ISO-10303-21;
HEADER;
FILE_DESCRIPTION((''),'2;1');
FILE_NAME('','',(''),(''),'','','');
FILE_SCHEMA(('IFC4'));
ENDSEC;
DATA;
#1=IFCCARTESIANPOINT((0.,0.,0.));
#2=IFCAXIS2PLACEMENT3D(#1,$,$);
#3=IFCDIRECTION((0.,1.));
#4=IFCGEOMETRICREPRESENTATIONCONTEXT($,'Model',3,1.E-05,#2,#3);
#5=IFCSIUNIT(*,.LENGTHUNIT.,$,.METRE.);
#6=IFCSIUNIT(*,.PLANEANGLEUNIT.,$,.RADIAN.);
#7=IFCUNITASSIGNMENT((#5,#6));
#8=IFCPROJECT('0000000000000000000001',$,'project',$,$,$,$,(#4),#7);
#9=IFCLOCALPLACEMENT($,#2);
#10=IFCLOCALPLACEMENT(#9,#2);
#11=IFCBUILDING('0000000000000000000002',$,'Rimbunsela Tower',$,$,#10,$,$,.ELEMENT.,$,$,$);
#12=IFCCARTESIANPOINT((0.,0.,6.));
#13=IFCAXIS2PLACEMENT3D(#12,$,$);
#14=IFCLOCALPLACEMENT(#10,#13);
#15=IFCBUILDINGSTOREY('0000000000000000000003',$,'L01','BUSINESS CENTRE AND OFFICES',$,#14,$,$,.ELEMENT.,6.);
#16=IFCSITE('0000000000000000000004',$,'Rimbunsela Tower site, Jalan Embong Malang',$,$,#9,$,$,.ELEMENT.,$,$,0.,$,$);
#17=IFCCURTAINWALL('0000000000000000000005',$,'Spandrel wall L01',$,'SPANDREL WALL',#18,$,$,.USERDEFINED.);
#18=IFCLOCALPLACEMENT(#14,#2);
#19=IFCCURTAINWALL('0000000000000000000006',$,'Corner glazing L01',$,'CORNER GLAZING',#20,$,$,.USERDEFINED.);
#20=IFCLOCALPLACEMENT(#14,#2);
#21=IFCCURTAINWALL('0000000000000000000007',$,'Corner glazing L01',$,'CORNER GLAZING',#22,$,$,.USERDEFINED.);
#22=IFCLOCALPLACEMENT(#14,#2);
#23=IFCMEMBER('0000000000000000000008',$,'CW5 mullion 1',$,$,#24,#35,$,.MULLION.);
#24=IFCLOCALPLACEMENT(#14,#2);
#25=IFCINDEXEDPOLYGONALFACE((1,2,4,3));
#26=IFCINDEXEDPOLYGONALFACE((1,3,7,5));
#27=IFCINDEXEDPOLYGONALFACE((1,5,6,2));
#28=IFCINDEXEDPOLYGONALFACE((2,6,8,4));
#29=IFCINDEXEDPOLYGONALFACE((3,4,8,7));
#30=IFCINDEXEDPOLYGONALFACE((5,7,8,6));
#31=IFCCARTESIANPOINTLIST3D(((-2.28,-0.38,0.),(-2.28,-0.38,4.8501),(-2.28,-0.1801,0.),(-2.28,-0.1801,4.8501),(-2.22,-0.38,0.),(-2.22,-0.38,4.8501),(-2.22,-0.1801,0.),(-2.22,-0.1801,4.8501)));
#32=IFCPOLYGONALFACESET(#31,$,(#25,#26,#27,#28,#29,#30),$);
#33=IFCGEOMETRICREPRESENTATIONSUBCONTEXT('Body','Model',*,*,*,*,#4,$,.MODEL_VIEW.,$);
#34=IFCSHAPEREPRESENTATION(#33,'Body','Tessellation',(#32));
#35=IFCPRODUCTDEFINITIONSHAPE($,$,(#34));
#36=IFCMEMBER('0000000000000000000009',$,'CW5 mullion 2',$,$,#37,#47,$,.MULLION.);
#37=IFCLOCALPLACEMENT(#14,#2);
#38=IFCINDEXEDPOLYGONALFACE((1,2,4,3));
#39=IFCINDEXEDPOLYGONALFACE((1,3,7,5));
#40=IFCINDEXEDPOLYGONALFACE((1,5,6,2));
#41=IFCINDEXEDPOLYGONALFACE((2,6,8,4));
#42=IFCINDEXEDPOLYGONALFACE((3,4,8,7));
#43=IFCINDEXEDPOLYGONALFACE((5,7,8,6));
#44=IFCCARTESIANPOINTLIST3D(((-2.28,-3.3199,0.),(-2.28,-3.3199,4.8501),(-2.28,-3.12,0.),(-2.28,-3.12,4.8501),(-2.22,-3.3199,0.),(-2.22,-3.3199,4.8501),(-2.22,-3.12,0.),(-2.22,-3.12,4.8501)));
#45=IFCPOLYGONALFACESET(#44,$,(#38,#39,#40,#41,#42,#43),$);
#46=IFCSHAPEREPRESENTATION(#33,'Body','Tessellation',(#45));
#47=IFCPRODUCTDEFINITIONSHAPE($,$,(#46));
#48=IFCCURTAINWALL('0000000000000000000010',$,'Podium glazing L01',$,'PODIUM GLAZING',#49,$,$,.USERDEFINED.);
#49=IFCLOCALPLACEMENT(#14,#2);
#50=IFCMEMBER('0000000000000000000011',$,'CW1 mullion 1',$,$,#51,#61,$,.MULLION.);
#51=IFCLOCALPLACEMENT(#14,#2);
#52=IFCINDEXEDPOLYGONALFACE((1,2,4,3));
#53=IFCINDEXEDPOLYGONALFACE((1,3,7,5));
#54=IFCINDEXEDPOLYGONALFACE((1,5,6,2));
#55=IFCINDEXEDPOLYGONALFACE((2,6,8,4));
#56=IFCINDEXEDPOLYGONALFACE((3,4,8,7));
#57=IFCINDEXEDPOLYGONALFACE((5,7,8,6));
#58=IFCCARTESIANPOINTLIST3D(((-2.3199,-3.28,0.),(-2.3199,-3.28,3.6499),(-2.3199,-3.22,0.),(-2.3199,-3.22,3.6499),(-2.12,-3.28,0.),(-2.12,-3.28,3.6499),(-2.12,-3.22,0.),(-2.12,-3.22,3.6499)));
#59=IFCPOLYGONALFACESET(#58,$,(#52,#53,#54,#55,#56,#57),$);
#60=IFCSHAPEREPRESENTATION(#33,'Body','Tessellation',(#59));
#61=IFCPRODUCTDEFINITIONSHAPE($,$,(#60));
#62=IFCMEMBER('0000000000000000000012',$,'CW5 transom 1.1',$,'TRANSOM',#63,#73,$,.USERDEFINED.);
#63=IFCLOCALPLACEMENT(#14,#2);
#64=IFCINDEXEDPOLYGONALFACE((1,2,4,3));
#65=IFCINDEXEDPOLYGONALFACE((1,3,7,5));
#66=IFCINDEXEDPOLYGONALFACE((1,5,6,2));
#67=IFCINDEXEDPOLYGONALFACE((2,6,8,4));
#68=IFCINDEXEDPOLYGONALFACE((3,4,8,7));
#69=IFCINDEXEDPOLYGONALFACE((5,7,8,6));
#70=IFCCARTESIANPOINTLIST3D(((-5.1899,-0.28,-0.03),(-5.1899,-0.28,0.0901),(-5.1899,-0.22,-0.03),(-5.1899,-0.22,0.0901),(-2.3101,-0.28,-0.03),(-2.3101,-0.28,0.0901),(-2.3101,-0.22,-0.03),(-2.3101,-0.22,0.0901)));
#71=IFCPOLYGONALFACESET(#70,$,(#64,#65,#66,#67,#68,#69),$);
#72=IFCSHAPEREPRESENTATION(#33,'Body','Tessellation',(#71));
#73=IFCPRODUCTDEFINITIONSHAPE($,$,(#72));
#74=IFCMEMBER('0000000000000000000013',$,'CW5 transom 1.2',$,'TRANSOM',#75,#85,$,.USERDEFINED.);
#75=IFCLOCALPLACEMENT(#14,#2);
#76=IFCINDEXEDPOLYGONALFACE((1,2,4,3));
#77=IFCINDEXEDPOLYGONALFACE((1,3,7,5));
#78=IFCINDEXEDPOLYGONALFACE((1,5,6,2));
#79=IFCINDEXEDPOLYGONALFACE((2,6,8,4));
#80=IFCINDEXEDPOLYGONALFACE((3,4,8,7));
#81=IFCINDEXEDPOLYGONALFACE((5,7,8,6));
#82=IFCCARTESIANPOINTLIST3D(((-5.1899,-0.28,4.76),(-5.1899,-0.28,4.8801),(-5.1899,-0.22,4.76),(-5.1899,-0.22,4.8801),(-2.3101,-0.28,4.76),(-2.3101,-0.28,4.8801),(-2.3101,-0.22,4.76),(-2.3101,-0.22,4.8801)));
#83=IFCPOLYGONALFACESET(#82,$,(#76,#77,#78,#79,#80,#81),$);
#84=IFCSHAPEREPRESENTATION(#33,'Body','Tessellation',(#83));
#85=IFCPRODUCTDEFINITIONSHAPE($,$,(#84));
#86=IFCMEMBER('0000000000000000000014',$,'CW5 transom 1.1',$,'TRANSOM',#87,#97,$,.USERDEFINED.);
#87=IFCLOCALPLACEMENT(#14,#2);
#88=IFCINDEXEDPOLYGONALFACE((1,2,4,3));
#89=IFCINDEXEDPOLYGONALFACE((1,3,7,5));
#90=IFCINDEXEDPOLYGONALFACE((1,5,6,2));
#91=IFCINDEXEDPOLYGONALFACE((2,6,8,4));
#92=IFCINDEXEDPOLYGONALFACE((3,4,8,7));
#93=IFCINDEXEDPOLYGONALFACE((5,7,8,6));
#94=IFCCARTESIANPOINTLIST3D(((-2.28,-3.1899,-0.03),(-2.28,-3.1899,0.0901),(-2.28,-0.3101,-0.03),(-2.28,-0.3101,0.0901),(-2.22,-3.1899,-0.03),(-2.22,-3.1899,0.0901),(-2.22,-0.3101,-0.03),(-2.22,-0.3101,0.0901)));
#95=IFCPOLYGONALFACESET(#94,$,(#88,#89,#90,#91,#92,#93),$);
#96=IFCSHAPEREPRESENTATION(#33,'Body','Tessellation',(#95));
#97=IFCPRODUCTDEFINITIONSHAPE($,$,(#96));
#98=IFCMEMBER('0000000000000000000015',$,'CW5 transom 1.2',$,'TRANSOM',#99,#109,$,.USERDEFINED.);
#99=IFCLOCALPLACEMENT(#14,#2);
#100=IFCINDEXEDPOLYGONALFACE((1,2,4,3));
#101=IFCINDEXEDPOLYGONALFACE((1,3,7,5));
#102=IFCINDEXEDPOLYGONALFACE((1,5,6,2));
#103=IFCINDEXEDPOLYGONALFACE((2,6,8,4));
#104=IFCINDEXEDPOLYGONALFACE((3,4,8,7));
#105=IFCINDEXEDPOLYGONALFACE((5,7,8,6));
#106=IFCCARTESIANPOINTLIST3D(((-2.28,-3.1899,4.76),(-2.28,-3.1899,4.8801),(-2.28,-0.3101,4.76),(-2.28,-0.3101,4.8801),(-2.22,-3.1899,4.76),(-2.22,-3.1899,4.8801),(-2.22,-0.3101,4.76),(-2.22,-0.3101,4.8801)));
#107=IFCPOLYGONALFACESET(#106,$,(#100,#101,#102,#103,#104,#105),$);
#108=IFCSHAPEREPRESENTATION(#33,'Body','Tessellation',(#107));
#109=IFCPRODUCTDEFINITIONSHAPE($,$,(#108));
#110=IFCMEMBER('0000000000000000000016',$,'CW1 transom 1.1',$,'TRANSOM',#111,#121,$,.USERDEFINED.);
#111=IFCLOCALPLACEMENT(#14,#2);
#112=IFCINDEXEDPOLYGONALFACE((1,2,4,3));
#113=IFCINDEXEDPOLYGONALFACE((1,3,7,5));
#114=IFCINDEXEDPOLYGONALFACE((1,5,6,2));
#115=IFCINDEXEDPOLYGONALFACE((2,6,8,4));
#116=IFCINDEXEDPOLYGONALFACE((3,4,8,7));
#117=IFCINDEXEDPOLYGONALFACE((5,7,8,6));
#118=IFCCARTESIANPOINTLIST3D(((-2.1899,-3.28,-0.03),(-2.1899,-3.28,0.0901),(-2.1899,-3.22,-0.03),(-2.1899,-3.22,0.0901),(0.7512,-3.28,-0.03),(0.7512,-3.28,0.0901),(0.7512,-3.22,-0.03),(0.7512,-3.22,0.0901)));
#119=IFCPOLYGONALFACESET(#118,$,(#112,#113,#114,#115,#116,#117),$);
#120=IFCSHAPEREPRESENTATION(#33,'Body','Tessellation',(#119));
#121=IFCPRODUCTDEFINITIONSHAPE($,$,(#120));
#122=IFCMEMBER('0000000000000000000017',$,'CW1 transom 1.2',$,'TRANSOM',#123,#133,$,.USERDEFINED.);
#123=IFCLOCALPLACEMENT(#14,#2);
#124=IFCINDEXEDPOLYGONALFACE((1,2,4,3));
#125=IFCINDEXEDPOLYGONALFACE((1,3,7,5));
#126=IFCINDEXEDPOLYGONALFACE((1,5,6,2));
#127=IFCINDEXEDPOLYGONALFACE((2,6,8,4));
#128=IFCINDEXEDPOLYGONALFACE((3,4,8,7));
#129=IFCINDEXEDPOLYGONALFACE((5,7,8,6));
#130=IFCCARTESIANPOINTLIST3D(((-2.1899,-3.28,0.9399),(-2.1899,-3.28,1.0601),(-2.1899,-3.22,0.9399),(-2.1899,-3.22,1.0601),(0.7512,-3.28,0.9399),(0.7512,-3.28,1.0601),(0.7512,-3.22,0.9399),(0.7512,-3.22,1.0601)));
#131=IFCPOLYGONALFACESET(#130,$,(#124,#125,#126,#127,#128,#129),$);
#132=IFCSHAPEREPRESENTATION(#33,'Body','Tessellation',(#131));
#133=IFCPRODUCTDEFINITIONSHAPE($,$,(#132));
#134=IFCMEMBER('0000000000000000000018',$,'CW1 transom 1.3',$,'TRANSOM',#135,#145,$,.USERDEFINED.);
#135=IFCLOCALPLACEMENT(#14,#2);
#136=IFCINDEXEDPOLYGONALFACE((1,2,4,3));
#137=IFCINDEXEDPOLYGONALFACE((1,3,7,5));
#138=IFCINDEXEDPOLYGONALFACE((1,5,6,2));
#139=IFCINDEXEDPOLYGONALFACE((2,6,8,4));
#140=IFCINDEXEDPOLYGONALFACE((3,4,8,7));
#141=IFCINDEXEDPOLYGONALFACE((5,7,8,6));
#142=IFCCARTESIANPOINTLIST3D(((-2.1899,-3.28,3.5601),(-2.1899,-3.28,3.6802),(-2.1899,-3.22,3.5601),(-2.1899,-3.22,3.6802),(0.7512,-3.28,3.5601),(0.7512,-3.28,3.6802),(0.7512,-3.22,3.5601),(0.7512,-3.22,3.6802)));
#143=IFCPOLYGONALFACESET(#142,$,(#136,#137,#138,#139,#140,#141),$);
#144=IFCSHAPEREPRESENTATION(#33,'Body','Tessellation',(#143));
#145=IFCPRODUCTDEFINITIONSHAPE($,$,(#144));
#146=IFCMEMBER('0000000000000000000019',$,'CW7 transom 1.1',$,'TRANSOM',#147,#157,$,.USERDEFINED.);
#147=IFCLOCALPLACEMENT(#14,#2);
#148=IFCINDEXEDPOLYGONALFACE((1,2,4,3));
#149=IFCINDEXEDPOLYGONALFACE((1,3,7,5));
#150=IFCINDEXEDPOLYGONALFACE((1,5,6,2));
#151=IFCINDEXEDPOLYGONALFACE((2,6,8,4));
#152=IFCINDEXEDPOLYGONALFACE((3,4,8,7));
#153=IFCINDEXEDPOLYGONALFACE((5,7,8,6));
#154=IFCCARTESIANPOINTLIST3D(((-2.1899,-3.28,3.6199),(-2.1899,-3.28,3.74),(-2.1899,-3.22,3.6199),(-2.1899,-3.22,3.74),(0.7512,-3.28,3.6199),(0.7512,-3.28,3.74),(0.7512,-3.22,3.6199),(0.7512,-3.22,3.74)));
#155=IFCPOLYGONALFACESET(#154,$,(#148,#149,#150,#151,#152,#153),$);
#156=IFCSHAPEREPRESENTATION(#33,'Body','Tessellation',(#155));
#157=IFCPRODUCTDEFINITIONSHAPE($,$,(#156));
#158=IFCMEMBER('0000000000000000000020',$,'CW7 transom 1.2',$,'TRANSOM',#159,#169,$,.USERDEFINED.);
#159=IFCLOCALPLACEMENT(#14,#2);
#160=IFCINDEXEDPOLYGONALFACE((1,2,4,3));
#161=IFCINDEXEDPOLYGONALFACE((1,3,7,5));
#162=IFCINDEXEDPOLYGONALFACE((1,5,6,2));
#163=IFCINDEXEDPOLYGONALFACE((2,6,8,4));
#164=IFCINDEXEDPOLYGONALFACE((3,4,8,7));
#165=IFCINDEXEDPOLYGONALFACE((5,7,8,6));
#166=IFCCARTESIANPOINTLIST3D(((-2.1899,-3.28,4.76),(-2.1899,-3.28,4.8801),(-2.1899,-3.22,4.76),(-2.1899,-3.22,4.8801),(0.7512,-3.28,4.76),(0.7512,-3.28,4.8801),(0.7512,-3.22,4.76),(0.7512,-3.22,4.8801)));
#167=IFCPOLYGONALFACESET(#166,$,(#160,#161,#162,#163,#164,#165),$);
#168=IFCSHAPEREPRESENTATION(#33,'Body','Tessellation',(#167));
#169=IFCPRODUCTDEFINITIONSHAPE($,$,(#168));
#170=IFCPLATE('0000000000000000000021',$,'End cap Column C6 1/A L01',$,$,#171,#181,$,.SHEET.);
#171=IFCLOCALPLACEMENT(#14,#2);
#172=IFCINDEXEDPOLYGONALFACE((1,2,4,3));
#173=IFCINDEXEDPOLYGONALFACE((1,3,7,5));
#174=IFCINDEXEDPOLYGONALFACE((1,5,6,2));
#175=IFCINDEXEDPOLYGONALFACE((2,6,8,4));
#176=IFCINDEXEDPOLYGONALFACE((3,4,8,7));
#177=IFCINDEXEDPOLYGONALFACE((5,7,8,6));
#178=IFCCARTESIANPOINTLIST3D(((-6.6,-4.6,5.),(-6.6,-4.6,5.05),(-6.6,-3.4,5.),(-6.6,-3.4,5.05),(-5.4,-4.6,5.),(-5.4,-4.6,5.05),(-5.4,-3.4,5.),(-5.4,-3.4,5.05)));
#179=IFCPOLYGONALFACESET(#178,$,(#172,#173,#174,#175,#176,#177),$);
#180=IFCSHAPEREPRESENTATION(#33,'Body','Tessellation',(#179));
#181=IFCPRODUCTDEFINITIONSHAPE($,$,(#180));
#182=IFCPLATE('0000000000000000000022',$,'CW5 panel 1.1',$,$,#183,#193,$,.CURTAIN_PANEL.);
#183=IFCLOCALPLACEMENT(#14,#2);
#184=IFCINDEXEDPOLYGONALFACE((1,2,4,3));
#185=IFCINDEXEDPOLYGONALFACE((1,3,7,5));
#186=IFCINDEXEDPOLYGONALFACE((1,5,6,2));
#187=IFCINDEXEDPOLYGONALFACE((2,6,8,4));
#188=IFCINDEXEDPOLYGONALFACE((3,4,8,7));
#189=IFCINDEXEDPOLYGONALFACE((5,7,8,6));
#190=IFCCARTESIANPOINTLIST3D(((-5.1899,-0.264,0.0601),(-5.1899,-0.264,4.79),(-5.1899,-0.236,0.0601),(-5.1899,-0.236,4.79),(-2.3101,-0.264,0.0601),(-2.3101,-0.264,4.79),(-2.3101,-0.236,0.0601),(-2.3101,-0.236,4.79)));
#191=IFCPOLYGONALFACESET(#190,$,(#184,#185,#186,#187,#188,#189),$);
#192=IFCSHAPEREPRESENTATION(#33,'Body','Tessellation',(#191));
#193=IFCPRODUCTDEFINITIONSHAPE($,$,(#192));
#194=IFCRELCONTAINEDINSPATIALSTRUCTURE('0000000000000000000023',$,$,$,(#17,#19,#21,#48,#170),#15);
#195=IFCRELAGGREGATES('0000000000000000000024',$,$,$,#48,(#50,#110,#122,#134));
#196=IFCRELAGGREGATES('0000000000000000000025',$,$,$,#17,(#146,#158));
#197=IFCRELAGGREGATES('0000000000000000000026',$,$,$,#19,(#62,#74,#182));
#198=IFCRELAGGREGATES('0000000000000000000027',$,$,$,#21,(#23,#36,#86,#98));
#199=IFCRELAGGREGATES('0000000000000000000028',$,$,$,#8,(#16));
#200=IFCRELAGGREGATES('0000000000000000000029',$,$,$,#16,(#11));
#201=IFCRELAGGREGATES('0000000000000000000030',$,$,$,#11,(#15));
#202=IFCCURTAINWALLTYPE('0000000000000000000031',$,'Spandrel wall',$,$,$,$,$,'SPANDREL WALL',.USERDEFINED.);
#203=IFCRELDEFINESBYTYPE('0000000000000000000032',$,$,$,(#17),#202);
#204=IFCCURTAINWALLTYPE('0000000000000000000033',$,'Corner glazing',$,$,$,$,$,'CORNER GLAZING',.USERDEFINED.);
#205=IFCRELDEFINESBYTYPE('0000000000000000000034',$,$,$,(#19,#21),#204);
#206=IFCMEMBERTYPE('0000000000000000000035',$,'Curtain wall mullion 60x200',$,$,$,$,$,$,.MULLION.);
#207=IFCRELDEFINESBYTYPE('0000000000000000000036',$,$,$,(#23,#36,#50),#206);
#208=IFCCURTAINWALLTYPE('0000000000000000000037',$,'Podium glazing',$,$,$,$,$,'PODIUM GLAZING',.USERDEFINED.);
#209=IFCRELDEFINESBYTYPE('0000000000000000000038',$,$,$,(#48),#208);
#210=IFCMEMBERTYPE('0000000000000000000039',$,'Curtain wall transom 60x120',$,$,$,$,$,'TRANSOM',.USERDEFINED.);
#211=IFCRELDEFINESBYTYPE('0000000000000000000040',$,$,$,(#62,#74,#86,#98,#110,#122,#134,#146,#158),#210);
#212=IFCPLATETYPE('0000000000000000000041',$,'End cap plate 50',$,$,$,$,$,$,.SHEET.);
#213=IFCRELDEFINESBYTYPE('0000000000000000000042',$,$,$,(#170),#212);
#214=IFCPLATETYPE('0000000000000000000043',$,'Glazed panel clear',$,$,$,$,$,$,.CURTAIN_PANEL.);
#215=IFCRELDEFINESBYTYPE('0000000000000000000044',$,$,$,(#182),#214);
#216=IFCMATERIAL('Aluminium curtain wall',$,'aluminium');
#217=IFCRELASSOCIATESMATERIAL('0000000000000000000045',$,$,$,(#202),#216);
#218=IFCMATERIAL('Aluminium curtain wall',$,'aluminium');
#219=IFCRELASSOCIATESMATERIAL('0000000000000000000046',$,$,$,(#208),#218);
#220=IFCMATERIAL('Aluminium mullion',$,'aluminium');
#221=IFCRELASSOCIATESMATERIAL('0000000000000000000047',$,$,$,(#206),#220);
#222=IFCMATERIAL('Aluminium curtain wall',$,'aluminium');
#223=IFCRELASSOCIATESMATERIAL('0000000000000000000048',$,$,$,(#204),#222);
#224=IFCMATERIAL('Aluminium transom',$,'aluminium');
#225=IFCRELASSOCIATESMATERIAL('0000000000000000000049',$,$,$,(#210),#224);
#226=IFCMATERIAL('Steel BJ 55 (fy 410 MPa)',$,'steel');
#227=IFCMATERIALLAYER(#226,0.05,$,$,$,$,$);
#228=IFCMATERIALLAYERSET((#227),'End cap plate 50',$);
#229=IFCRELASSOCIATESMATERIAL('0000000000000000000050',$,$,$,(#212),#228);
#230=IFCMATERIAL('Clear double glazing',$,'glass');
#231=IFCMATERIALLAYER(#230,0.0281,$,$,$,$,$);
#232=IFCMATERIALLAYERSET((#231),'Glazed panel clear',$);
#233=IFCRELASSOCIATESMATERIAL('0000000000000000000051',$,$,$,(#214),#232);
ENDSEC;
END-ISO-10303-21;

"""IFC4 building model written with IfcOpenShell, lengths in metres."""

from ifc_helpers import new_model, si_unit, direction, frame, origin, origin_2d, place, context, subcontext, project, spatial, rectangle, extrude, material, layer, layer_set, material_profile, profile_set, type_object, element, aggregate, save


model = new_model("IFC4")

# Units and contexts
model_context = context("Model", 3, precision=1e-05, world=origin(), true_north=direction((0.0, 1.0)))
body_context = subcontext(model_context, "Body", "Model", "MODEL_VIEW")
ifc_project = project(units=[si_unit("LENGTHUNIT", "METRE"), si_unit("PLANEANGLEUNIT", "RADIAN")], contexts=[model_context])

# Site, building, storey
site_placement = place(None, origin())
site = spatial("IfcSite", under=ifc_project, at=site_placement, Name="Rimbunsela Tower site, Jalan Embong Malang", CompositionType="ELEMENT", RefElevation=0.0)
building_placement = place(site_placement, origin())
building = spatial("IfcBuilding", under=site, at=building_placement, Name="Rimbunsela Tower", CompositionType="ELEMENT")
storey_placement = place(building_placement, frame((0.0, 0.0, 6.0)))
storey = spatial("IfcBuildingStorey", under=building, at=storey_placement, Name="L01", Description="BUSINESS CENTRE AND OFFICES", CompositionType="ELEMENT", Elevation=6.0)

# Curtain wall
ifc_material_1 = material(Name="Aluminium curtain wall", Category="aluminium")
curtain_wall_type_1 = type_object("IfcCurtainWallType", Name="Spandrel wall", ElementType="SPANDREL WALL", PredefinedType="USERDEFINED", material=ifc_material_1)
curtain_wall_1_placement = place(storey_placement, origin())
curtain_wall_1 = element("IfcCurtainWall", 1, at=curtain_wall_1_placement, inside=storey, type_object=curtain_wall_type_1, Name="Spandrel wall L01", ObjectType="SPANDREL WALL", PredefinedType="USERDEFINED")
ifc_material_2 = material(Name="Aluminium curtain wall", Category="aluminium")
curtain_wall_type_2 = type_object("IfcCurtainWallType", Name="Podium glazing", ElementType="PODIUM GLAZING", PredefinedType="USERDEFINED", material=ifc_material_2)
ifc_material_3 = material(Name="Aluminium mullion", Category="aluminium")
ifc_material_profile_1 = material_profile(ifc_material_3, rectangle(XDim=0.0601, YDim=0.2, at=origin_2d()), Name="Mullion 60x200")
ifc_profile_set_1 = profile_set([ifc_material_profile_1], Name="Aluminium mullion")
member_type_1 = type_object("IfcMemberType", Name="Curtain wall mullion 60x200", PredefinedType="MULLION", material=ifc_profile_set_1)

# Curtain walls, members
ifc_material_4 = material(Name="Aluminium curtain wall", Category="aluminium")
curtain_wall_type_3 = type_object("IfcCurtainWallType", Name="Corner glazing", ElementType="CORNER GLAZING", PredefinedType="USERDEFINED", material=ifc_material_4)
curtain_wall_2_placement = place(storey_placement, origin())
curtain_wall_2 = element("IfcCurtainWall", 2, at=curtain_wall_2_placement, inside=storey, type_object=curtain_wall_type_3, Name="Corner glazing L01", ObjectType="CORNER GLAZING", PredefinedType="USERDEFINED")
curtain_wall_3_placement = place(storey_placement, origin())
curtain_wall_3 = element("IfcCurtainWall", 3, at=curtain_wall_3_placement, inside=storey, type_object=curtain_wall_type_3, Name="Corner glazing L01", ObjectType="CORNER GLAZING", PredefinedType="USERDEFINED")
member_1_placement = place(storey_placement, frame((-2.25, -0.28, 0.0), z_axis=(0.0, 0.0, 1.0), x_axis=(1.0, 0.0, 0.0)))
member_1 = element("IfcMember", 4, at=member_1_placement, type_object=member_type_1, Name="CW5 mullion 1", PredefinedType="MULLION", context=body_context, shape_type="SweptSolid", body=[
    extrude(rectangle(XDim=0.0601, YDim=0.2, at=origin_2d()), origin(), (0.0, 0.0, 1.0), 4.8501),
])
member_2_placement = place(storey_placement, frame((-2.25, -3.22, 0.0), z_axis=(0.0, 0.0, 1.0), x_axis=(1.0, 0.0, 0.0)))
member_2 = element("IfcMember", 5, at=member_2_placement, type_object=member_type_1, Name="CW5 mullion 2", PredefinedType="MULLION", context=body_context, shape_type="SweptSolid", body=[
    extrude(rectangle(XDim=0.0601, YDim=0.2, at=origin_2d()), origin(), (0.0, 0.0, 1.0), 4.8501),
])

# Curtain wall, member
curtain_wall_4_placement = place(storey_placement, origin())
curtain_wall_4 = element("IfcCurtainWall", 6, at=curtain_wall_4_placement, inside=storey, type_object=curtain_wall_type_2, Name="Podium glazing L01", ObjectType="PODIUM GLAZING", PredefinedType="USERDEFINED")
member_3_placement = place(storey_placement, frame((-2.22, -3.25, 0.0), z_axis=(0.0, 0.0, 1.0), x_axis=(0.0, 1.0, 0.0)))
member_3 = element("IfcMember", 7, at=member_3_placement, type_object=member_type_1, Name="CW1 mullion 1", PredefinedType="MULLION", context=body_context, shape_type="SweptSolid", body=[
    extrude(rectangle(XDim=0.0601, YDim=0.2, at=origin_2d()), origin(), (0.0, 0.0, 1.0), 3.6499),
])

# Members
ifc_material_5 = material(Name="Aluminium transom", Category="aluminium")
ifc_material_profile_2 = material_profile(ifc_material_5, rectangle(XDim=0.0601, YDim=0.1201, at=origin_2d()), Name="Transom 60x120")
ifc_profile_set_2 = profile_set([ifc_material_profile_2], Name="Aluminium transom")
member_type_2 = type_object("IfcMemberType", Name="Curtain wall transom 60x120", ElementType="TRANSOM", PredefinedType="USERDEFINED", material=ifc_profile_set_2)
member_4_placement = place(storey_placement, frame((-5.1899, -0.25, 0.03), z_axis=(1.0, 0.0, 0.0), x_axis=(0.0, 1.0, 0.0)))
member_4 = element("IfcMember", 8, at=member_4_placement, type_object=member_type_2, Name="CW5 transom 1.1", ObjectType="TRANSOM", PredefinedType="USERDEFINED", context=body_context, shape_type="SweptSolid", body=[
    extrude(rectangle(XDim=0.0601, YDim=0.1201, at=origin_2d()), origin(), (0.0, 0.0, 1.0), 2.8799),
])
member_5_placement = place(storey_placement, frame((-5.1899, -0.25, 4.8201), z_axis=(1.0, 0.0, 0.0), x_axis=(0.0, 1.0, 0.0)))
member_5 = element("IfcMember", 9, at=member_5_placement, type_object=member_type_2, Name="CW5 transom 1.2", ObjectType="TRANSOM", PredefinedType="USERDEFINED", context=body_context, shape_type="SweptSolid", body=[
    extrude(rectangle(XDim=0.0601, YDim=0.1201, at=origin_2d()), origin(), (0.0, 0.0, 1.0), 2.8799),
])
member_6_placement = place(storey_placement, frame((-2.25, -0.3101, 0.03), z_axis=(0.0, -1.0, 0.0), x_axis=(1.0, 0.0, 0.0)))
member_6 = element("IfcMember", 10, at=member_6_placement, type_object=member_type_2, Name="CW5 transom 1.1", ObjectType="TRANSOM", PredefinedType="USERDEFINED", context=body_context, shape_type="SweptSolid", body=[
    extrude(rectangle(XDim=0.0601, YDim=0.1201, at=origin_2d()), origin(), (0.0, 0.0, 1.0), 2.8799),
])
member_7_placement = place(storey_placement, frame((-2.25, -0.3101, 4.8201), z_axis=(0.0, -1.0, 0.0), x_axis=(1.0, 0.0, 0.0)))
member_7 = element("IfcMember", 11, at=member_7_placement, type_object=member_type_2, Name="CW5 transom 1.2", ObjectType="TRANSOM", PredefinedType="USERDEFINED", context=body_context, shape_type="SweptSolid", body=[
    extrude(rectangle(XDim=0.0601, YDim=0.1201, at=origin_2d()), origin(), (0.0, 0.0, 1.0), 2.8799),
])
member_8_placement = place(storey_placement, frame((-2.1899, -3.25, 0.03), z_axis=(1.0, 0.0, 0.0), x_axis=(0.0, 1.0, 0.0)))
member_8 = element("IfcMember", 12, at=member_8_placement, type_object=member_type_2, Name="CW1 transom 1.1", ObjectType="TRANSOM", PredefinedType="USERDEFINED", context=body_context, shape_type="SweptSolid", body=[
    extrude(rectangle(XDim=0.0601, YDim=0.1201, at=origin_2d()), origin(), (0.0, 0.0, 1.0), 2.9412),
])
member_9_placement = place(storey_placement, frame((-2.1899, -3.25, 1.0), z_axis=(1.0, 0.0, 0.0), x_axis=(0.0, 1.0, 0.0)))
member_9 = element("IfcMember", 13, at=member_9_placement, type_object=member_type_2, Name="CW1 transom 1.2", ObjectType="TRANSOM", PredefinedType="USERDEFINED", context=body_context, shape_type="SweptSolid", body=[
    extrude(rectangle(XDim=0.0601, YDim=0.1201, at=origin_2d()), origin(), (0.0, 0.0, 1.0), 2.9412),
])
member_10_placement = place(storey_placement, frame((-2.1899, -3.25, 3.6201), z_axis=(1.0, 0.0, 0.0), x_axis=(0.0, 1.0, 0.0)))
member_10 = element("IfcMember", 14, at=member_10_placement, type_object=member_type_2, Name="CW1 transom 1.3", ObjectType="TRANSOM", PredefinedType="USERDEFINED", context=body_context, shape_type="SweptSolid", body=[
    extrude(rectangle(XDim=0.0601, YDim=0.1201, at=origin_2d()), origin(), (0.0, 0.0, 1.0), 2.9412),
])
aggregate(curtain_wall_4, [member_3, member_8, member_9, member_10])
member_11_placement = place(storey_placement, frame((-2.1899, -3.25, 3.6799), z_axis=(1.0, 0.0, 0.0), x_axis=(0.0, 1.0, 0.0)))
member_11 = element("IfcMember", 15, at=member_11_placement, type_object=member_type_2, Name="CW7 transom 1.1", ObjectType="TRANSOM", PredefinedType="USERDEFINED", context=body_context, shape_type="SweptSolid", body=[
    extrude(rectangle(XDim=0.0601, YDim=0.1201, at=origin_2d()), origin(), (0.0, 0.0, 1.0), 2.9412),
])
member_12_placement = place(storey_placement, frame((-2.1899, -3.25, 4.8201), z_axis=(1.0, 0.0, 0.0), x_axis=(0.0, 1.0, 0.0)))
member_12 = element("IfcMember", 16, at=member_12_placement, type_object=member_type_2, Name="CW7 transom 1.2", ObjectType="TRANSOM", PredefinedType="USERDEFINED", context=body_context, shape_type="SweptSolid", body=[
    extrude(rectangle(XDim=0.0601, YDim=0.1201, at=origin_2d()), origin(), (0.0, 0.0, 1.0), 2.9412),
])
aggregate(curtain_wall_1, [member_11, member_12])

# Plates
ifc_material_6 = material(Name="Steel BJ 55 (fy 410 MPa)", Category="steel")
ifc_layer_1 = layer(ifc_material_6, 0.05)
ifc_layer_set_1 = layer_set([ifc_layer_1], Name="End cap plate 50")
plate_type_1 = type_object("IfcPlateType", Name="End cap plate 50", PredefinedType="SHEET", material=ifc_layer_set_1)
plate_1_placement = place(storey_placement, frame((-6.0, -4.0, 5.0), z_axis=(0.0, 0.0, 1.0), x_axis=(1.0, 0.0, 0.0)))
element("IfcPlate", 17, at=plate_1_placement, inside=storey, type_object=plate_type_1, Name="End cap Column C6 1/A L01", PredefinedType="SHEET", context=body_context, shape_type="SweptSolid", body=[
    extrude(rectangle(XDim=1.2, YDim=1.2, at=origin_2d()), origin(), (0.0, 0.0, 1.0), 0.05),
])
ifc_material_7 = material(Name="Clear double glazing", Category="glass")
ifc_layer_2 = layer(ifc_material_7, 0.0281)
ifc_layer_set_2 = layer_set([ifc_layer_2], Name="Glazed panel clear")
plate_type_2 = type_object("IfcPlateType", Name="Glazed panel clear", PredefinedType="CURTAIN_PANEL", material=ifc_layer_set_2)
plate_2_placement = place(storey_placement, frame((-3.75, -0.25, 0.0601), z_axis=(0.0, 0.0, 1.0), x_axis=(1.0, 0.0, 0.0)))
plate_2 = element("IfcPlate", 18, at=plate_2_placement, type_object=plate_type_2, Name="CW5 panel 1.1", PredefinedType="CURTAIN_PANEL", context=body_context, shape_type="SweptSolid", body=[
    extrude(rectangle(XDim=2.8799, YDim=0.0281, at=origin_2d()), origin(), (0.0, 0.0, 1.0), 4.73),
])
aggregate(curtain_wall_2, [member_4, member_5, plate_2])
aggregate(curtain_wall_3, [member_1, member_2, member_6, member_7])

save(model, "model.ifc")
